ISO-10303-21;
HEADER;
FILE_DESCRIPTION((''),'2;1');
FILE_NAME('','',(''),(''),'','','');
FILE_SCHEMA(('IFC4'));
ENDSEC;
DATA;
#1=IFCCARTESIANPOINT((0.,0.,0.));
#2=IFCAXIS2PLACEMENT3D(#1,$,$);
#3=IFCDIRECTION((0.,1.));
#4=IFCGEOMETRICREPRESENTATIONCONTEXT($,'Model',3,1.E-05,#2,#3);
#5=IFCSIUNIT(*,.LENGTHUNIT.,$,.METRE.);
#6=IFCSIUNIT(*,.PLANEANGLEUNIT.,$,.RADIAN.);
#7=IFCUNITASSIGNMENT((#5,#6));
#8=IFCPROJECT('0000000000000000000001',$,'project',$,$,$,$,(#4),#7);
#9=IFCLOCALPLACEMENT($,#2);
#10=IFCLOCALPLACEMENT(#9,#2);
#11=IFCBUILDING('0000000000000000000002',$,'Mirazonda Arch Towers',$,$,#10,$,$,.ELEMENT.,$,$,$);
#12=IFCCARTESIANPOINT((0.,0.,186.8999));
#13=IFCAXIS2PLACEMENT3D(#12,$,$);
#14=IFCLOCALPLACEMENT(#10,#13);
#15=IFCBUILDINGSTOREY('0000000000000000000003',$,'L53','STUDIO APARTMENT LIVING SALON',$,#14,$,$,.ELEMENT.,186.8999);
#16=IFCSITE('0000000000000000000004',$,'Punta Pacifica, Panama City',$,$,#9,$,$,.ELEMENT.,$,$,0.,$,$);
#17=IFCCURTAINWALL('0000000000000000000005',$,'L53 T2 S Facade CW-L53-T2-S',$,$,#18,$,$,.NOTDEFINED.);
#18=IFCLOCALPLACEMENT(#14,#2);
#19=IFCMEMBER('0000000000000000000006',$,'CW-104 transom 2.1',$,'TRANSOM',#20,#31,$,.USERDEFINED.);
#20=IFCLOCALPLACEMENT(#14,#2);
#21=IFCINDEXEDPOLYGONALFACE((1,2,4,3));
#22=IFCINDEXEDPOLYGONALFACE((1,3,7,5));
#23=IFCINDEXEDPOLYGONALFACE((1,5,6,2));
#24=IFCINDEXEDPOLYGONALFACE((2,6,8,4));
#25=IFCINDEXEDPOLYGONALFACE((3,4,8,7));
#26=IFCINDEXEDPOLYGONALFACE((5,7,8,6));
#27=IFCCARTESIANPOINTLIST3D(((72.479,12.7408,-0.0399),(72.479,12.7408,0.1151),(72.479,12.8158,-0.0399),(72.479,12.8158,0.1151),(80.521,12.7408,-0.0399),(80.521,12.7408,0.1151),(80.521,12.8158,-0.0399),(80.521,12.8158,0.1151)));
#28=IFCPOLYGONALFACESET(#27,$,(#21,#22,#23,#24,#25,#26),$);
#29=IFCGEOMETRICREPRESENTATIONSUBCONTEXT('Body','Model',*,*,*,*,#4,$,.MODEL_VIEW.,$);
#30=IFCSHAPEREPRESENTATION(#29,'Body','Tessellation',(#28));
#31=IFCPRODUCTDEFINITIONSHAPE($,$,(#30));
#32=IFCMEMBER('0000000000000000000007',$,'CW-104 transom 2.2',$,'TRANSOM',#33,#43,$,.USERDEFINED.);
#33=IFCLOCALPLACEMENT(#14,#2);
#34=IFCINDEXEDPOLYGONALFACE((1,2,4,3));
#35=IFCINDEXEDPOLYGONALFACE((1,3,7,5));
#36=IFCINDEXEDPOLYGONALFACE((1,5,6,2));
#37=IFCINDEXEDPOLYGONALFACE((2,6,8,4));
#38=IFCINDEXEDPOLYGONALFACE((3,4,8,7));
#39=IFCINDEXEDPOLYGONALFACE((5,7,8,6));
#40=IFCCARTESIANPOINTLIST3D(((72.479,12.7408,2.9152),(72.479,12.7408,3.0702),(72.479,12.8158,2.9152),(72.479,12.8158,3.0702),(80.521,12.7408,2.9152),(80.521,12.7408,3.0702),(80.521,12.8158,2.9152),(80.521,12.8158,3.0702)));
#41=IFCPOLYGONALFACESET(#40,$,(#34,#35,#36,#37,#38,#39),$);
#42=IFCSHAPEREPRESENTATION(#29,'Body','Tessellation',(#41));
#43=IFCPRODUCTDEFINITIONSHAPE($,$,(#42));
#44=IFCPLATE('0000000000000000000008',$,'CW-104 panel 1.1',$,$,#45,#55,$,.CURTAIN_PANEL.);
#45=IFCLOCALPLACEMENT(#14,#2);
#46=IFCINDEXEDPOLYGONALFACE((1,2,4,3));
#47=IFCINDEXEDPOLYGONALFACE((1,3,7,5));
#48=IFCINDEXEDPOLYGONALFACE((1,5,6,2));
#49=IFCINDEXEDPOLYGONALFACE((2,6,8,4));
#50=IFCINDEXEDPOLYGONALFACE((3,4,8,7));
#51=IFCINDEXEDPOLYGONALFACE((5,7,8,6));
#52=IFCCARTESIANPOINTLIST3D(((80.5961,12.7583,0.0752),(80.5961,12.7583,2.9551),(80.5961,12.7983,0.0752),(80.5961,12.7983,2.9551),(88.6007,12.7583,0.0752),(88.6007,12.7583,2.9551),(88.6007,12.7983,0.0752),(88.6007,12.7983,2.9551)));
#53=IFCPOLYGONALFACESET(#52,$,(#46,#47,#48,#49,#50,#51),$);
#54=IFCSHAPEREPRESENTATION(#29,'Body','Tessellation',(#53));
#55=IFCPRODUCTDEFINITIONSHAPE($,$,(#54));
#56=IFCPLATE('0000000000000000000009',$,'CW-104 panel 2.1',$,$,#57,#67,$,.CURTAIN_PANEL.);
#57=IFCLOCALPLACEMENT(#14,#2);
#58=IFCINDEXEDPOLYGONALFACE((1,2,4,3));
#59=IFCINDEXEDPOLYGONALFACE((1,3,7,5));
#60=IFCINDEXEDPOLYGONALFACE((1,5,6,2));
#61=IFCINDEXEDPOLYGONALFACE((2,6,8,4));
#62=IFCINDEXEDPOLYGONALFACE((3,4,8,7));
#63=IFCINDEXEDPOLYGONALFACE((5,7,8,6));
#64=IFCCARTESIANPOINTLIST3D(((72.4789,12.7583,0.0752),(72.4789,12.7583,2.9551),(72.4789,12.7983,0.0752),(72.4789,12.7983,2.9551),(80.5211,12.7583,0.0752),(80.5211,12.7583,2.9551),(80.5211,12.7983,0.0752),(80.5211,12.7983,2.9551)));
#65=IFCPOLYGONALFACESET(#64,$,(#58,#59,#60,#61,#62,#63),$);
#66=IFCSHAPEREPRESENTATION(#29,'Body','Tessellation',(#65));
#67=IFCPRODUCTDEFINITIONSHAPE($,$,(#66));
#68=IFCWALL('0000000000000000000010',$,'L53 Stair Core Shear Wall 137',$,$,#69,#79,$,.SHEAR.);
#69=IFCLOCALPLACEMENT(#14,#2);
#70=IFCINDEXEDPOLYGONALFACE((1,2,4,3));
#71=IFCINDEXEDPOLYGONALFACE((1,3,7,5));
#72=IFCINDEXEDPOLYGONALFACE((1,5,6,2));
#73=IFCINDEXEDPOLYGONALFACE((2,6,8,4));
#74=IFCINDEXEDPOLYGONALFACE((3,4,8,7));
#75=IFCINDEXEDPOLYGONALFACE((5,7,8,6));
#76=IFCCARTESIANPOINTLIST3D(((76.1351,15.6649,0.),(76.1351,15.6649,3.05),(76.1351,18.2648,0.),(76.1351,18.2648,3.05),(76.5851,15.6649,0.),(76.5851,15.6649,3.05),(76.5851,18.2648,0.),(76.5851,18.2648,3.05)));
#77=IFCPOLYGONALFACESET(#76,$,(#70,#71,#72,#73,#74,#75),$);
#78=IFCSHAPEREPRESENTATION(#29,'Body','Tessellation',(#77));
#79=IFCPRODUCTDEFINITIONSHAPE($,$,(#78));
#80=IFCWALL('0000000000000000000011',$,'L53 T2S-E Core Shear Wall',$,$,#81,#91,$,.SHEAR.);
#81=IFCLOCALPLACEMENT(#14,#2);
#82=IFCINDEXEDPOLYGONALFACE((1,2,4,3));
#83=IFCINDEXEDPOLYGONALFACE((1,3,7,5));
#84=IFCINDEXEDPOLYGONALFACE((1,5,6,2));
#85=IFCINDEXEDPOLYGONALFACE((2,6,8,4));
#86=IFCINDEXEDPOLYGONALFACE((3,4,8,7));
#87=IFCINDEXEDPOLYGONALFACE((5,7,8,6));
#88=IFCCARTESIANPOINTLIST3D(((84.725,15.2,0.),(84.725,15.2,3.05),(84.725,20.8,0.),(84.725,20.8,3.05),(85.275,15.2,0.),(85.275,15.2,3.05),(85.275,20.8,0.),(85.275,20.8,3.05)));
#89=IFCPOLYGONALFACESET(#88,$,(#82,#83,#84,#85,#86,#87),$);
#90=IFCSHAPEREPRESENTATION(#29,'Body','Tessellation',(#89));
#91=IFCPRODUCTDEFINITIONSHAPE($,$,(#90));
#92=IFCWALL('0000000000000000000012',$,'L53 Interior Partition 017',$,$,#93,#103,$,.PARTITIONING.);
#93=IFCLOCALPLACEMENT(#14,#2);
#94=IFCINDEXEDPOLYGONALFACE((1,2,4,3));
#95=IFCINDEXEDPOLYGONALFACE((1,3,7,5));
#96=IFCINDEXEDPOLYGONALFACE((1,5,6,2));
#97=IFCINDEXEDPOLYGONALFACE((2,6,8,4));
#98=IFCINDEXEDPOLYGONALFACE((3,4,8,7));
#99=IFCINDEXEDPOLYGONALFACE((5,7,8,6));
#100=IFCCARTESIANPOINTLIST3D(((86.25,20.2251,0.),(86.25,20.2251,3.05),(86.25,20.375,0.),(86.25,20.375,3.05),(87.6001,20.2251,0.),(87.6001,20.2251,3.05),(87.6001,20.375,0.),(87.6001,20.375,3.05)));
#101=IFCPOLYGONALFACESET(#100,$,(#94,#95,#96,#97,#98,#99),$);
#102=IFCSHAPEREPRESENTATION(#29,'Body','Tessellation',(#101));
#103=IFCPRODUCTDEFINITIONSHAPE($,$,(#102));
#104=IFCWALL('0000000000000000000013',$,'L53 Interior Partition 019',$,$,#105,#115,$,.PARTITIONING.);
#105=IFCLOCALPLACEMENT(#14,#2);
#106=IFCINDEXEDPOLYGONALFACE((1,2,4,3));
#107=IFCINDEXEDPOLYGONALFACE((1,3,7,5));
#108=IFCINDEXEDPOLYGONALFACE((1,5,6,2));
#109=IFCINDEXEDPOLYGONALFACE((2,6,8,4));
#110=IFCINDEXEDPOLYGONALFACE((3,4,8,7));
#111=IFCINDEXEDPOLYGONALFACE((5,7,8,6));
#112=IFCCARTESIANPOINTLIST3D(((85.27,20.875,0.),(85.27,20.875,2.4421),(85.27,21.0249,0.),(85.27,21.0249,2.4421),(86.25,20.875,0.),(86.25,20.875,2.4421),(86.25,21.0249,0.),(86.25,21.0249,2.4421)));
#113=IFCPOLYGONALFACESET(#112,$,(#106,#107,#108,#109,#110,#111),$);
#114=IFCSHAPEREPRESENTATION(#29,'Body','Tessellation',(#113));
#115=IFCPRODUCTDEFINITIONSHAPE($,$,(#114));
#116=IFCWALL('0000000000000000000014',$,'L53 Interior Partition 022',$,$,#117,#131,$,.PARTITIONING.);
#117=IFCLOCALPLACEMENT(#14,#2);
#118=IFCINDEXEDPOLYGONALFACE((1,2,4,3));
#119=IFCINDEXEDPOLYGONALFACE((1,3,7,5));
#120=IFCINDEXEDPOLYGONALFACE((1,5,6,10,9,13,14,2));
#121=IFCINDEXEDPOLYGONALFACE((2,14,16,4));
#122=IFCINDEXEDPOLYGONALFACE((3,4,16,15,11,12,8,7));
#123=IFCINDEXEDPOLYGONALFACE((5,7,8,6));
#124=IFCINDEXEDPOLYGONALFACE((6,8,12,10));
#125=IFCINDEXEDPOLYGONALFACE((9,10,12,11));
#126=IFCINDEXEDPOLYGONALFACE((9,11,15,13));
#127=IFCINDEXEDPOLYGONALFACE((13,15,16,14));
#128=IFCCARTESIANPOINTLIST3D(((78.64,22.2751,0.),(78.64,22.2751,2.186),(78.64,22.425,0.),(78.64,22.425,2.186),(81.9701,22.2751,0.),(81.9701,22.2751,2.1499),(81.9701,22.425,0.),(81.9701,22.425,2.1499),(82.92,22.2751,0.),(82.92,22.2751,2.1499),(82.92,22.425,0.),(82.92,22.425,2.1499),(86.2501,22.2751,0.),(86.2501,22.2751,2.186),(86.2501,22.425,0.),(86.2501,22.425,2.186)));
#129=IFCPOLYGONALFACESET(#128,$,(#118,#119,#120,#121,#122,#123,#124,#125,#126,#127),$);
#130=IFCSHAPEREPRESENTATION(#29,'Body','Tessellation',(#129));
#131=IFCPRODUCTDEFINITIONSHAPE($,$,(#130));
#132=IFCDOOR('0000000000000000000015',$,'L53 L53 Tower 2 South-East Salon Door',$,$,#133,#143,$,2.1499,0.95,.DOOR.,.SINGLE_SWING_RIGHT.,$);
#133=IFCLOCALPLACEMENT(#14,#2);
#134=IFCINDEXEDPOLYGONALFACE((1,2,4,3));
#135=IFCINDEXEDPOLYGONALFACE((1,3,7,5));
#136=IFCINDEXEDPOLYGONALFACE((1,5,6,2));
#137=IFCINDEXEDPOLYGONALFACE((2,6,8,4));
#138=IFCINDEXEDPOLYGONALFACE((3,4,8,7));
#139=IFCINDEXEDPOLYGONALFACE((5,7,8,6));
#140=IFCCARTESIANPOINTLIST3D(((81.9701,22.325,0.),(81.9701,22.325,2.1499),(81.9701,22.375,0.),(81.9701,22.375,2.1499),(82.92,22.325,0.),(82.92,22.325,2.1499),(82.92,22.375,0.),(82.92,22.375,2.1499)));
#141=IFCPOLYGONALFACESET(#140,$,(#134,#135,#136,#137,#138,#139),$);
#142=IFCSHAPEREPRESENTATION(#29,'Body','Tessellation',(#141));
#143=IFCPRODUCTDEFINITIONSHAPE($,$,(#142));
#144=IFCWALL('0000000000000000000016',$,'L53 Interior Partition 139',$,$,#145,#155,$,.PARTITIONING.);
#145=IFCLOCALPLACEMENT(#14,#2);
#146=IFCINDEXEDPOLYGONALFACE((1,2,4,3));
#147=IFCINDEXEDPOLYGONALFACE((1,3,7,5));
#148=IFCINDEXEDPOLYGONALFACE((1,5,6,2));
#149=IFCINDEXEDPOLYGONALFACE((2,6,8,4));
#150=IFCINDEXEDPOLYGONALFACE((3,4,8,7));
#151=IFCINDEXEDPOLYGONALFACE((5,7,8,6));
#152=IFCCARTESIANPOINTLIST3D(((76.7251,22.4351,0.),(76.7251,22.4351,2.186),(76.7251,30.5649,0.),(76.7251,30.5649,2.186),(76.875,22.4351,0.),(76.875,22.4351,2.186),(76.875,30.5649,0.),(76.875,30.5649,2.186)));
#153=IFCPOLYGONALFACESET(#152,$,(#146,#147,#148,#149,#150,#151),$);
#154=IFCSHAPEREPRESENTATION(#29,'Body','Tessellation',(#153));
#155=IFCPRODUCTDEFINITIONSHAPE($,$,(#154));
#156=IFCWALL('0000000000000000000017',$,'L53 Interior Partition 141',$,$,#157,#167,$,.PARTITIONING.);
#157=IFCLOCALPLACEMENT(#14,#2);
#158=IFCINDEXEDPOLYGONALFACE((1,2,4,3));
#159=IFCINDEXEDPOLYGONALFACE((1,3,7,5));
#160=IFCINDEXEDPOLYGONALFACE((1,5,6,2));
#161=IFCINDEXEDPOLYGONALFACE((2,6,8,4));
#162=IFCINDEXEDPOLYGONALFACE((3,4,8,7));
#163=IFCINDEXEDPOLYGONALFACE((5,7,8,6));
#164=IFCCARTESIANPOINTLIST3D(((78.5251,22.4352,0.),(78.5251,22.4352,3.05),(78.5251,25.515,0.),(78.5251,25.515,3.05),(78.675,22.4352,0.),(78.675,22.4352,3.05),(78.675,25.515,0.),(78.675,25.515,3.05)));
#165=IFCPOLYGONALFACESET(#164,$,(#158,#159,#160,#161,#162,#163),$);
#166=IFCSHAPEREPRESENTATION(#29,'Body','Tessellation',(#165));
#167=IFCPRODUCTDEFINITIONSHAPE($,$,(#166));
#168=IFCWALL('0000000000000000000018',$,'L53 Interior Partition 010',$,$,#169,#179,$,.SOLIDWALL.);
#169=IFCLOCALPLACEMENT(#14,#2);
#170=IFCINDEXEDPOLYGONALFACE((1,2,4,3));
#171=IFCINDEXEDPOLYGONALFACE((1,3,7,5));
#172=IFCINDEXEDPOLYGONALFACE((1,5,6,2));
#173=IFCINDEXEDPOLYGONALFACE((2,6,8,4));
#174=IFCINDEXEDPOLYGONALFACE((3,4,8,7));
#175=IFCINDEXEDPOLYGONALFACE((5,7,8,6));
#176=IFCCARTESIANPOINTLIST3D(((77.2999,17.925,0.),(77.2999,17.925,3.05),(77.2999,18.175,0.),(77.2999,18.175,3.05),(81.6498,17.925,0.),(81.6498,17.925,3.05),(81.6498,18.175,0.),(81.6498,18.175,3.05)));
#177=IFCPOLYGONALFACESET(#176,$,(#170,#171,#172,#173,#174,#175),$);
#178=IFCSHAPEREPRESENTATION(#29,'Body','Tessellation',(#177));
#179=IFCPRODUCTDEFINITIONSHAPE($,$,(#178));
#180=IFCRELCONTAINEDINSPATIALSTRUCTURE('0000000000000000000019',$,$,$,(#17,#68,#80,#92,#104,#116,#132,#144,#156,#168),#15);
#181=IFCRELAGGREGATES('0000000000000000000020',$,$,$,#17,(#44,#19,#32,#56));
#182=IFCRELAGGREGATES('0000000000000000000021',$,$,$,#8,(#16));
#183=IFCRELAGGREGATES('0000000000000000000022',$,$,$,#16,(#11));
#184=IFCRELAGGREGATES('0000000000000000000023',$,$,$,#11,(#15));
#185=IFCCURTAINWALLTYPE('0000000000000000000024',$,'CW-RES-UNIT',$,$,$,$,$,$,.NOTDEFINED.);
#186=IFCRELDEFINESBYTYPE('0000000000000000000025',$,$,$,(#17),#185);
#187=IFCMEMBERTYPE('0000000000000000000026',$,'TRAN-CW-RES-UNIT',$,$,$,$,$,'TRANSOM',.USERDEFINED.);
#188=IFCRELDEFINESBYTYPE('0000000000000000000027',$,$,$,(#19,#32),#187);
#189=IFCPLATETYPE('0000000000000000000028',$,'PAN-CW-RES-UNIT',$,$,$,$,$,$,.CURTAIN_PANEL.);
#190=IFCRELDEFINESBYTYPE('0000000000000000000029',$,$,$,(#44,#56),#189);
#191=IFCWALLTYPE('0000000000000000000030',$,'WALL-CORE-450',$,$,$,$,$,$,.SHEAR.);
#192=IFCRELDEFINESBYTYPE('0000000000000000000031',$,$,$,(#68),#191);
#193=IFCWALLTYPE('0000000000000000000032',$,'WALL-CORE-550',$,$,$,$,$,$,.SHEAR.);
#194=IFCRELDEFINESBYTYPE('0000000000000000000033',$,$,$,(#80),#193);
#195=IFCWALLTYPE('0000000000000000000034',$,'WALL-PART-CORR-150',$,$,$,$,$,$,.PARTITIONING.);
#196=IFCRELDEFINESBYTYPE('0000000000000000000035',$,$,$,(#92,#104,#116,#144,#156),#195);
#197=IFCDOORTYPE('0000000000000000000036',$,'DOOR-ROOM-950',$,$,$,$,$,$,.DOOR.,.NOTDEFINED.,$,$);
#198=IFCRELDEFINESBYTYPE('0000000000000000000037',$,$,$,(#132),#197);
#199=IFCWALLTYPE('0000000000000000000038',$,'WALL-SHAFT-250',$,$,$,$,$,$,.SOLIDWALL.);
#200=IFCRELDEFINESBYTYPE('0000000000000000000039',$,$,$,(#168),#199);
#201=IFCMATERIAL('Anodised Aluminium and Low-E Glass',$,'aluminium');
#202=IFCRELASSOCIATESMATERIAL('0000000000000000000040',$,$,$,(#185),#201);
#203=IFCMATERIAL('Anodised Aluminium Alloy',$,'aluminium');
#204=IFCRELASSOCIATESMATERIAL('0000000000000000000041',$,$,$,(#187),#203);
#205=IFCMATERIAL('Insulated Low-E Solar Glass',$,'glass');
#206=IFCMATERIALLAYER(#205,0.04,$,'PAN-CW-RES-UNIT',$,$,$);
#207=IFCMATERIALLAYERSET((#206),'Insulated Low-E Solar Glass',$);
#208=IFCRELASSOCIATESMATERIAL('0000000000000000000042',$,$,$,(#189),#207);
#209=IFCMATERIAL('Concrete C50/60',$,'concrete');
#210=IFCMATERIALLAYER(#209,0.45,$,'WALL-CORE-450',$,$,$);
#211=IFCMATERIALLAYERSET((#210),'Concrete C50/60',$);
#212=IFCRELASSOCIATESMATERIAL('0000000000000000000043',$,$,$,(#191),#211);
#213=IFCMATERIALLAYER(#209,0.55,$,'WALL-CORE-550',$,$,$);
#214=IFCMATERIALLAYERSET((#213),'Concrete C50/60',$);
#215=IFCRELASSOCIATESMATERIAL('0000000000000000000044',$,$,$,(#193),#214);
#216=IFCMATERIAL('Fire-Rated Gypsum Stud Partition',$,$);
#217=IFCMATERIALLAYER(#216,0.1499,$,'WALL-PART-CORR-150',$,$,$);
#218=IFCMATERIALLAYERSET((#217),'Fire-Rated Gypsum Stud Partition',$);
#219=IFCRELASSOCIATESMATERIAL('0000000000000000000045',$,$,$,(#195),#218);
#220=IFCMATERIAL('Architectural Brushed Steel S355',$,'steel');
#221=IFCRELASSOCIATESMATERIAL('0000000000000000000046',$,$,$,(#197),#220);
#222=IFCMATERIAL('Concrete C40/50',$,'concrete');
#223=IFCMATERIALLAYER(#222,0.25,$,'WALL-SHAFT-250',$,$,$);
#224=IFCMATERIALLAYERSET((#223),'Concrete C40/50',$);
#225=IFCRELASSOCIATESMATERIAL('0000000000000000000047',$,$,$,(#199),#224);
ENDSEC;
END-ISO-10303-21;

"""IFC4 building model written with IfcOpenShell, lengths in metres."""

from ifc_helpers import new_model, si_unit, direction, frame, frame_2d, origin, origin_2d, place, context, subcontext, project, spatial, rectangle, extrude, material, layer, layer_set, material_profile, profile_set, type_object, element, fill, aggregate, save


model = new_model("IFC4")

# Units and contexts
model_context = context("Model", 3, precision=1e-05, world=origin(), true_north=direction((0.0, 1.0)))
body_context = subcontext(model_context, "Body", "Model", "MODEL_VIEW")
ifc_project = project(units=[si_unit("LENGTHUNIT", "METRE"), si_unit("PLANEANGLEUNIT", "RADIAN")], contexts=[model_context])

# Site, building, storey
site_placement = place(None, origin())
site = spatial("IfcSite", under=ifc_project, at=site_placement, Name="Punta Pacifica, Panama City", CompositionType="ELEMENT", RefElevation=0.0)
building_placement = place(site_placement, origin())
building = spatial("IfcBuilding", under=site, at=building_placement, Name="Mirazonda Arch Towers", CompositionType="ELEMENT")
storey_placement = place(building_placement, frame((0.0, 0.0, 186.8999)))
storey = spatial("IfcBuildingStorey", under=building, at=storey_placement, Name="L53", Description="STUDIO APARTMENT LIVING SALON", CompositionType="ELEMENT", Elevation=186.8999)

# Shared definitions
ifc_material_1 = material(Name="Concrete C50/60", Category="concrete")

# Curtain wall, members, plates
ifc_material_2 = material(Name="Anodised Aluminium and Low-E Glass", Category="aluminium")
curtain_wall_type = type_object("IfcCurtainWallType", Name="CW-RES-UNIT", PredefinedType="NOTDEFINED", material=ifc_material_2)
curtain_wall_placement = place(storey_placement, origin())
curtain_wall = element("IfcCurtainWall", 1, at=curtain_wall_placement, inside=storey, type_object=curtain_wall_type, Name="L53 T2 S Facade CW-L53-T2-S", PredefinedType="NOTDEFINED")
ifc_material_3 = material(Name="Anodised Aluminium Alloy", Category="aluminium")
ifc_material_profile_1 = material_profile(ifc_material_3, rectangle(XDim=0.075, YDim=0.155, at=origin_2d()), Name="ALU-TRAN-75x155")
ifc_profile_set_1 = profile_set([ifc_material_profile_1], Name="Anodised Aluminium Alloy")
member_type_1 = type_object("IfcMemberType", Name="TRAN-CW-RES-UNIT", ElementType="TRANSOM", PredefinedType="USERDEFINED", material=ifc_profile_set_1)
member_1_placement = place(storey_placement, frame((80.521, 12.7783, 0.0376), z_axis=(-1.0, 0.0, 0.0), x_axis=(0.0, -1.0, 0.0)))
member_1 = element("IfcMember", 2, at=member_1_placement, type_object=member_type_1, Name="CW-104 transom 2.1", ObjectType="TRANSOM", PredefinedType="USERDEFINED", context=body_context, shape_type="SweptSolid", body=[
    extrude(rectangle(XDim=0.075, YDim=0.155, at=origin_2d()), origin(), (0.0, 0.0, 1.0), 8.042),
])
member_2_placement = place(storey_placement, frame((80.521, 12.7783, 2.9927), z_axis=(-1.0, 0.0, 0.0), x_axis=(0.0, -1.0, 0.0)))
member_2 = element("IfcMember", 3, at=member_2_placement, type_object=member_type_1, Name="CW-104 transom 2.2", ObjectType="TRANSOM", PredefinedType="USERDEFINED", context=body_context, shape_type="SweptSolid", body=[
    extrude(rectangle(XDim=0.075, YDim=0.155, at=origin_2d()), origin(), (0.0, 0.0, 1.0), 8.042),
])
ifc_material_4 = material(Name="Insulated Low-E Solar Glass", Category="glass")
ifc_layer_1 = layer(ifc_material_4, 0.04, Name="PAN-CW-RES-UNIT")
ifc_layer_set_1 = layer_set([ifc_layer_1], Name="Insulated Low-E Solar Glass")
plate_type = type_object("IfcPlateType", Name="PAN-CW-RES-UNIT", PredefinedType="CURTAIN_PANEL", material=ifc_layer_set_1)
plate_1_placement = place(storey_placement, frame((84.5984, 12.7783, 0.0752), z_axis=(0.0, 0.0, 1.0), x_axis=(-1.0, 0.0, 0.0)))
plate_1 = element("IfcPlate", 4, at=plate_1_placement, type_object=plate_type, Name="CW-104 panel 1.1", PredefinedType="CURTAIN_PANEL", context=body_context, shape_type="SweptSolid", body=[
    extrude(rectangle(XDim=8.0046, YDim=0.04, at=origin_2d()), origin(), (0.0, 0.0, 1.0), 2.8799),
])
plate_2_placement = place(storey_placement, frame((76.5, 12.7783, 0.0752), z_axis=(0.0, 0.0, 1.0), x_axis=(-1.0, 0.0, 0.0)))
plate_2 = element("IfcPlate", 5, at=plate_2_placement, type_object=plate_type, Name="CW-104 panel 2.1", PredefinedType="CURTAIN_PANEL", context=body_context, shape_type="SweptSolid", body=[
    extrude(rectangle(XDim=8.0422, YDim=0.04, at=origin_2d()), origin(), (0.0, 0.0, 1.0), 2.8799),
])
aggregate(curtain_wall, [plate_1, member_1, member_2, plate_2])

# Walls
ifc_layer_2 = layer(ifc_material_1, 0.45, Name="WALL-CORE-450")
ifc_layer_set_2 = layer_set([ifc_layer_2], Name="Concrete C50/60")
wall_type_1 = type_object("IfcWallType", Name="WALL-CORE-450", PredefinedType="SHEAR", material=ifc_layer_set_2)
wall_1_placement = place(storey_placement, frame((76.3601, 15.665, 0.0), z_axis=(0.0, 0.0, 1.0), x_axis=(0.0, 1.0, 0.0)))
element("IfcWall", 6, at=wall_1_placement, inside=storey, type_object=wall_type_1, Name="L53 Stair Core Shear Wall 137", PredefinedType="SHEAR", context=body_context, shape_type="SweptSolid", body=[
    extrude(rectangle(XDim=2.5999, YDim=0.45, at=frame_2d((1.2998, 0.0))), origin(), (0.0, 0.0, 1.0), 3.05),
])
ifc_layer_3 = layer(ifc_material_1, 0.55, Name="WALL-CORE-550")
ifc_layer_set_3 = layer_set([ifc_layer_3], Name="Concrete C50/60")
wall_type_2 = type_object("IfcWallType", Name="WALL-CORE-550", PredefinedType="SHEAR", material=ifc_layer_set_3)
wall_2_placement = place(storey_placement, frame((85.0, 15.2, 0.0), z_axis=(0.0, 0.0, 1.0), x_axis=(0.0, 1.0, 0.0)))
element("IfcWall", 7, at=wall_2_placement, inside=storey, type_object=wall_type_2, Name="L53 T2S-E Core Shear Wall", PredefinedType="SHEAR", context=body_context, shape_type="SweptSolid", body=[
    extrude(rectangle(XDim=5.6001, YDim=0.55, at=frame_2d((2.8, 0.0))), origin(), (0.0, 0.0, 1.0), 3.05),
])
ifc_material_5 = material(Name="Fire-Rated Gypsum Stud Partition")
ifc_layer_4 = layer(ifc_material_5, 0.1499, Name="WALL-PART-CORR-150")
ifc_layer_set_4 = layer_set([ifc_layer_4], Name="Fire-Rated Gypsum Stud Partition")
wall_type_3 = type_object("IfcWallType", Name="WALL-PART-CORR-150", PredefinedType="PARTITIONING", material=ifc_layer_set_4)
wall_3_placement = place(storey_placement, frame((86.25, 20.3, 0.0), z_axis=(0.0, 0.0, 1.0), x_axis=(1.0, 0.0, 0.0)))
element("IfcWall", 8, at=wall_3_placement, inside=storey, type_object=wall_type_3, Name="L53 Interior Partition 017", PredefinedType="PARTITIONING", context=body_context, shape_type="SweptSolid", body=[
    extrude(rectangle(XDim=1.3501, YDim=0.1499, at=frame_2d((0.675, 0.0))), origin(), (0.0, 0.0, 1.0), 3.05),
])
wall_4_placement = place(storey_placement, frame((85.27, 20.95, 0.0), z_axis=(0.0, 0.0, 1.0), x_axis=(1.0, 0.0, 0.0)))
element("IfcWall", 9, at=wall_4_placement, inside=storey, type_object=wall_type_3, Name="L53 Interior Partition 019", PredefinedType="PARTITIONING", context=body_context, shape_type="SweptSolid", body=[
    extrude(rectangle(XDim=0.98, YDim=0.1499, at=frame_2d((0.49, 0.0))), origin(), (0.0, 0.0, 1.0), 2.4421),
])

# Wall, opening, door
wall_5_placement = place(storey_placement, frame((78.6399, 22.3501, 0.0), z_axis=(0.0, 0.0, 1.0), x_axis=(1.0, 0.0, 0.0)))
wall_5 = element("IfcWall", 10, at=wall_5_placement, inside=storey, type_object=wall_type_3, Name="L53 Interior Partition 022", PredefinedType="PARTITIONING", context=body_context, shape_type="SweptSolid", body=[
    extrude(rectangle(XDim=7.6101, YDim=0.1499, at=frame_2d((3.8052, 0.0))), origin(), (0.0, 0.0, 1.0), 2.186),
])
opening_placement = place(wall_5_placement, frame((3.3301, 0.0, 0.0)))
opening = element("IfcOpeningElement", 11, at=opening_placement, cuts=wall_5, PredefinedType="OPENING", context=body_context, shape_type="SweptSolid", body=[
    extrude(rectangle(XDim=0.95, YDim=2.1499, at=frame_2d((0.4751, 1.075))), frame((0.0, 0.085, 0.0), z_axis=(0.0, -1.0, 0.0), x_axis=(1.0, 0.0, 0.0)), (0.0, 0.0, 1.0), 0.1699),
])
ifc_material_6 = material(Name="Architectural Brushed Steel S355", Category="steel")
door_type = type_object("IfcDoorType", Name="DOOR-ROOM-950", OperationType="NOTDEFINED", PredefinedType="DOOR", material=ifc_material_6)
door_placement = place(opening_placement, origin())
door = element("IfcDoor", 12, at=door_placement, inside=storey, type_object=door_type, Name="L53 L53 Tower 2 South-East Salon Door", OperationType="SINGLE_SWING_RIGHT", OverallHeight=2.1499, OverallWidth=0.95, PredefinedType="DOOR", context=body_context, shape_type="SweptSolid", body=[
    extrude(rectangle(XDim=0.95, YDim=2.1499, at=frame_2d((0.4751, 1.075))), frame((0.0, 0.0249, 0.0), z_axis=(0.0, -1.0, 0.0), x_axis=(1.0, 0.0, 0.0)), (0.0, 0.0, 1.0), 0.05),
])
fill(opening, door)

# Walls
wall_6_placement = place(storey_placement, frame((76.8, 22.4351, 0.0), z_axis=(0.0, 0.0, 1.0), x_axis=(0.0, 1.0, 0.0)))
element("IfcWall", 13, at=wall_6_placement, inside=storey, type_object=wall_type_3, Name="L53 Interior Partition 139", PredefinedType="PARTITIONING", context=body_context, shape_type="SweptSolid", body=[
    extrude(rectangle(XDim=8.1299, YDim=0.1499, at=frame_2d((4.0649, 0.0))), origin(), (0.0, 0.0, 1.0), 2.186),
])
wall_7_placement = place(storey_placement, frame((78.6001, 22.4351, 0.0), z_axis=(0.0, 0.0, 1.0), x_axis=(0.0, 1.0, 0.0)))
element("IfcWall", 14, at=wall_7_placement, inside=storey, type_object=wall_type_3, Name="L53 Interior Partition 141", PredefinedType="PARTITIONING", context=body_context, shape_type="SweptSolid", body=[
    extrude(rectangle(XDim=3.0798, YDim=0.1499, at=frame_2d((1.54, 0.0))), origin(), (0.0, 0.0, 1.0), 3.05),
])
ifc_material_7 = material(Name="Concrete C40/50", Category="concrete")
ifc_layer_5 = layer(ifc_material_7, 0.25, Name="WALL-SHAFT-250")
ifc_layer_set_5 = layer_set([ifc_layer_5], Name="Concrete C40/50")
wall_type_4 = type_object("IfcWallType", Name="WALL-SHAFT-250", PredefinedType="SOLIDWALL", material=ifc_layer_set_5)
wall_8_placement = place(storey_placement, frame((77.3, 18.05, 0.0), z_axis=(0.0, 0.0, 1.0), x_axis=(1.0, 0.0, 0.0)))
element("IfcWall", 15, at=wall_8_placement, inside=storey, type_object=wall_type_4, Name="L53 Interior Partition 010", PredefinedType="SOLIDWALL", context=body_context, shape_type="SweptSolid", body=[
    extrude(rectangle(XDim=4.3499, YDim=0.25, at=frame_2d((2.1748, 0.0))), origin(), (0.0, 0.0, 1.0), 3.05),
])

save(model, "model.ifc")
